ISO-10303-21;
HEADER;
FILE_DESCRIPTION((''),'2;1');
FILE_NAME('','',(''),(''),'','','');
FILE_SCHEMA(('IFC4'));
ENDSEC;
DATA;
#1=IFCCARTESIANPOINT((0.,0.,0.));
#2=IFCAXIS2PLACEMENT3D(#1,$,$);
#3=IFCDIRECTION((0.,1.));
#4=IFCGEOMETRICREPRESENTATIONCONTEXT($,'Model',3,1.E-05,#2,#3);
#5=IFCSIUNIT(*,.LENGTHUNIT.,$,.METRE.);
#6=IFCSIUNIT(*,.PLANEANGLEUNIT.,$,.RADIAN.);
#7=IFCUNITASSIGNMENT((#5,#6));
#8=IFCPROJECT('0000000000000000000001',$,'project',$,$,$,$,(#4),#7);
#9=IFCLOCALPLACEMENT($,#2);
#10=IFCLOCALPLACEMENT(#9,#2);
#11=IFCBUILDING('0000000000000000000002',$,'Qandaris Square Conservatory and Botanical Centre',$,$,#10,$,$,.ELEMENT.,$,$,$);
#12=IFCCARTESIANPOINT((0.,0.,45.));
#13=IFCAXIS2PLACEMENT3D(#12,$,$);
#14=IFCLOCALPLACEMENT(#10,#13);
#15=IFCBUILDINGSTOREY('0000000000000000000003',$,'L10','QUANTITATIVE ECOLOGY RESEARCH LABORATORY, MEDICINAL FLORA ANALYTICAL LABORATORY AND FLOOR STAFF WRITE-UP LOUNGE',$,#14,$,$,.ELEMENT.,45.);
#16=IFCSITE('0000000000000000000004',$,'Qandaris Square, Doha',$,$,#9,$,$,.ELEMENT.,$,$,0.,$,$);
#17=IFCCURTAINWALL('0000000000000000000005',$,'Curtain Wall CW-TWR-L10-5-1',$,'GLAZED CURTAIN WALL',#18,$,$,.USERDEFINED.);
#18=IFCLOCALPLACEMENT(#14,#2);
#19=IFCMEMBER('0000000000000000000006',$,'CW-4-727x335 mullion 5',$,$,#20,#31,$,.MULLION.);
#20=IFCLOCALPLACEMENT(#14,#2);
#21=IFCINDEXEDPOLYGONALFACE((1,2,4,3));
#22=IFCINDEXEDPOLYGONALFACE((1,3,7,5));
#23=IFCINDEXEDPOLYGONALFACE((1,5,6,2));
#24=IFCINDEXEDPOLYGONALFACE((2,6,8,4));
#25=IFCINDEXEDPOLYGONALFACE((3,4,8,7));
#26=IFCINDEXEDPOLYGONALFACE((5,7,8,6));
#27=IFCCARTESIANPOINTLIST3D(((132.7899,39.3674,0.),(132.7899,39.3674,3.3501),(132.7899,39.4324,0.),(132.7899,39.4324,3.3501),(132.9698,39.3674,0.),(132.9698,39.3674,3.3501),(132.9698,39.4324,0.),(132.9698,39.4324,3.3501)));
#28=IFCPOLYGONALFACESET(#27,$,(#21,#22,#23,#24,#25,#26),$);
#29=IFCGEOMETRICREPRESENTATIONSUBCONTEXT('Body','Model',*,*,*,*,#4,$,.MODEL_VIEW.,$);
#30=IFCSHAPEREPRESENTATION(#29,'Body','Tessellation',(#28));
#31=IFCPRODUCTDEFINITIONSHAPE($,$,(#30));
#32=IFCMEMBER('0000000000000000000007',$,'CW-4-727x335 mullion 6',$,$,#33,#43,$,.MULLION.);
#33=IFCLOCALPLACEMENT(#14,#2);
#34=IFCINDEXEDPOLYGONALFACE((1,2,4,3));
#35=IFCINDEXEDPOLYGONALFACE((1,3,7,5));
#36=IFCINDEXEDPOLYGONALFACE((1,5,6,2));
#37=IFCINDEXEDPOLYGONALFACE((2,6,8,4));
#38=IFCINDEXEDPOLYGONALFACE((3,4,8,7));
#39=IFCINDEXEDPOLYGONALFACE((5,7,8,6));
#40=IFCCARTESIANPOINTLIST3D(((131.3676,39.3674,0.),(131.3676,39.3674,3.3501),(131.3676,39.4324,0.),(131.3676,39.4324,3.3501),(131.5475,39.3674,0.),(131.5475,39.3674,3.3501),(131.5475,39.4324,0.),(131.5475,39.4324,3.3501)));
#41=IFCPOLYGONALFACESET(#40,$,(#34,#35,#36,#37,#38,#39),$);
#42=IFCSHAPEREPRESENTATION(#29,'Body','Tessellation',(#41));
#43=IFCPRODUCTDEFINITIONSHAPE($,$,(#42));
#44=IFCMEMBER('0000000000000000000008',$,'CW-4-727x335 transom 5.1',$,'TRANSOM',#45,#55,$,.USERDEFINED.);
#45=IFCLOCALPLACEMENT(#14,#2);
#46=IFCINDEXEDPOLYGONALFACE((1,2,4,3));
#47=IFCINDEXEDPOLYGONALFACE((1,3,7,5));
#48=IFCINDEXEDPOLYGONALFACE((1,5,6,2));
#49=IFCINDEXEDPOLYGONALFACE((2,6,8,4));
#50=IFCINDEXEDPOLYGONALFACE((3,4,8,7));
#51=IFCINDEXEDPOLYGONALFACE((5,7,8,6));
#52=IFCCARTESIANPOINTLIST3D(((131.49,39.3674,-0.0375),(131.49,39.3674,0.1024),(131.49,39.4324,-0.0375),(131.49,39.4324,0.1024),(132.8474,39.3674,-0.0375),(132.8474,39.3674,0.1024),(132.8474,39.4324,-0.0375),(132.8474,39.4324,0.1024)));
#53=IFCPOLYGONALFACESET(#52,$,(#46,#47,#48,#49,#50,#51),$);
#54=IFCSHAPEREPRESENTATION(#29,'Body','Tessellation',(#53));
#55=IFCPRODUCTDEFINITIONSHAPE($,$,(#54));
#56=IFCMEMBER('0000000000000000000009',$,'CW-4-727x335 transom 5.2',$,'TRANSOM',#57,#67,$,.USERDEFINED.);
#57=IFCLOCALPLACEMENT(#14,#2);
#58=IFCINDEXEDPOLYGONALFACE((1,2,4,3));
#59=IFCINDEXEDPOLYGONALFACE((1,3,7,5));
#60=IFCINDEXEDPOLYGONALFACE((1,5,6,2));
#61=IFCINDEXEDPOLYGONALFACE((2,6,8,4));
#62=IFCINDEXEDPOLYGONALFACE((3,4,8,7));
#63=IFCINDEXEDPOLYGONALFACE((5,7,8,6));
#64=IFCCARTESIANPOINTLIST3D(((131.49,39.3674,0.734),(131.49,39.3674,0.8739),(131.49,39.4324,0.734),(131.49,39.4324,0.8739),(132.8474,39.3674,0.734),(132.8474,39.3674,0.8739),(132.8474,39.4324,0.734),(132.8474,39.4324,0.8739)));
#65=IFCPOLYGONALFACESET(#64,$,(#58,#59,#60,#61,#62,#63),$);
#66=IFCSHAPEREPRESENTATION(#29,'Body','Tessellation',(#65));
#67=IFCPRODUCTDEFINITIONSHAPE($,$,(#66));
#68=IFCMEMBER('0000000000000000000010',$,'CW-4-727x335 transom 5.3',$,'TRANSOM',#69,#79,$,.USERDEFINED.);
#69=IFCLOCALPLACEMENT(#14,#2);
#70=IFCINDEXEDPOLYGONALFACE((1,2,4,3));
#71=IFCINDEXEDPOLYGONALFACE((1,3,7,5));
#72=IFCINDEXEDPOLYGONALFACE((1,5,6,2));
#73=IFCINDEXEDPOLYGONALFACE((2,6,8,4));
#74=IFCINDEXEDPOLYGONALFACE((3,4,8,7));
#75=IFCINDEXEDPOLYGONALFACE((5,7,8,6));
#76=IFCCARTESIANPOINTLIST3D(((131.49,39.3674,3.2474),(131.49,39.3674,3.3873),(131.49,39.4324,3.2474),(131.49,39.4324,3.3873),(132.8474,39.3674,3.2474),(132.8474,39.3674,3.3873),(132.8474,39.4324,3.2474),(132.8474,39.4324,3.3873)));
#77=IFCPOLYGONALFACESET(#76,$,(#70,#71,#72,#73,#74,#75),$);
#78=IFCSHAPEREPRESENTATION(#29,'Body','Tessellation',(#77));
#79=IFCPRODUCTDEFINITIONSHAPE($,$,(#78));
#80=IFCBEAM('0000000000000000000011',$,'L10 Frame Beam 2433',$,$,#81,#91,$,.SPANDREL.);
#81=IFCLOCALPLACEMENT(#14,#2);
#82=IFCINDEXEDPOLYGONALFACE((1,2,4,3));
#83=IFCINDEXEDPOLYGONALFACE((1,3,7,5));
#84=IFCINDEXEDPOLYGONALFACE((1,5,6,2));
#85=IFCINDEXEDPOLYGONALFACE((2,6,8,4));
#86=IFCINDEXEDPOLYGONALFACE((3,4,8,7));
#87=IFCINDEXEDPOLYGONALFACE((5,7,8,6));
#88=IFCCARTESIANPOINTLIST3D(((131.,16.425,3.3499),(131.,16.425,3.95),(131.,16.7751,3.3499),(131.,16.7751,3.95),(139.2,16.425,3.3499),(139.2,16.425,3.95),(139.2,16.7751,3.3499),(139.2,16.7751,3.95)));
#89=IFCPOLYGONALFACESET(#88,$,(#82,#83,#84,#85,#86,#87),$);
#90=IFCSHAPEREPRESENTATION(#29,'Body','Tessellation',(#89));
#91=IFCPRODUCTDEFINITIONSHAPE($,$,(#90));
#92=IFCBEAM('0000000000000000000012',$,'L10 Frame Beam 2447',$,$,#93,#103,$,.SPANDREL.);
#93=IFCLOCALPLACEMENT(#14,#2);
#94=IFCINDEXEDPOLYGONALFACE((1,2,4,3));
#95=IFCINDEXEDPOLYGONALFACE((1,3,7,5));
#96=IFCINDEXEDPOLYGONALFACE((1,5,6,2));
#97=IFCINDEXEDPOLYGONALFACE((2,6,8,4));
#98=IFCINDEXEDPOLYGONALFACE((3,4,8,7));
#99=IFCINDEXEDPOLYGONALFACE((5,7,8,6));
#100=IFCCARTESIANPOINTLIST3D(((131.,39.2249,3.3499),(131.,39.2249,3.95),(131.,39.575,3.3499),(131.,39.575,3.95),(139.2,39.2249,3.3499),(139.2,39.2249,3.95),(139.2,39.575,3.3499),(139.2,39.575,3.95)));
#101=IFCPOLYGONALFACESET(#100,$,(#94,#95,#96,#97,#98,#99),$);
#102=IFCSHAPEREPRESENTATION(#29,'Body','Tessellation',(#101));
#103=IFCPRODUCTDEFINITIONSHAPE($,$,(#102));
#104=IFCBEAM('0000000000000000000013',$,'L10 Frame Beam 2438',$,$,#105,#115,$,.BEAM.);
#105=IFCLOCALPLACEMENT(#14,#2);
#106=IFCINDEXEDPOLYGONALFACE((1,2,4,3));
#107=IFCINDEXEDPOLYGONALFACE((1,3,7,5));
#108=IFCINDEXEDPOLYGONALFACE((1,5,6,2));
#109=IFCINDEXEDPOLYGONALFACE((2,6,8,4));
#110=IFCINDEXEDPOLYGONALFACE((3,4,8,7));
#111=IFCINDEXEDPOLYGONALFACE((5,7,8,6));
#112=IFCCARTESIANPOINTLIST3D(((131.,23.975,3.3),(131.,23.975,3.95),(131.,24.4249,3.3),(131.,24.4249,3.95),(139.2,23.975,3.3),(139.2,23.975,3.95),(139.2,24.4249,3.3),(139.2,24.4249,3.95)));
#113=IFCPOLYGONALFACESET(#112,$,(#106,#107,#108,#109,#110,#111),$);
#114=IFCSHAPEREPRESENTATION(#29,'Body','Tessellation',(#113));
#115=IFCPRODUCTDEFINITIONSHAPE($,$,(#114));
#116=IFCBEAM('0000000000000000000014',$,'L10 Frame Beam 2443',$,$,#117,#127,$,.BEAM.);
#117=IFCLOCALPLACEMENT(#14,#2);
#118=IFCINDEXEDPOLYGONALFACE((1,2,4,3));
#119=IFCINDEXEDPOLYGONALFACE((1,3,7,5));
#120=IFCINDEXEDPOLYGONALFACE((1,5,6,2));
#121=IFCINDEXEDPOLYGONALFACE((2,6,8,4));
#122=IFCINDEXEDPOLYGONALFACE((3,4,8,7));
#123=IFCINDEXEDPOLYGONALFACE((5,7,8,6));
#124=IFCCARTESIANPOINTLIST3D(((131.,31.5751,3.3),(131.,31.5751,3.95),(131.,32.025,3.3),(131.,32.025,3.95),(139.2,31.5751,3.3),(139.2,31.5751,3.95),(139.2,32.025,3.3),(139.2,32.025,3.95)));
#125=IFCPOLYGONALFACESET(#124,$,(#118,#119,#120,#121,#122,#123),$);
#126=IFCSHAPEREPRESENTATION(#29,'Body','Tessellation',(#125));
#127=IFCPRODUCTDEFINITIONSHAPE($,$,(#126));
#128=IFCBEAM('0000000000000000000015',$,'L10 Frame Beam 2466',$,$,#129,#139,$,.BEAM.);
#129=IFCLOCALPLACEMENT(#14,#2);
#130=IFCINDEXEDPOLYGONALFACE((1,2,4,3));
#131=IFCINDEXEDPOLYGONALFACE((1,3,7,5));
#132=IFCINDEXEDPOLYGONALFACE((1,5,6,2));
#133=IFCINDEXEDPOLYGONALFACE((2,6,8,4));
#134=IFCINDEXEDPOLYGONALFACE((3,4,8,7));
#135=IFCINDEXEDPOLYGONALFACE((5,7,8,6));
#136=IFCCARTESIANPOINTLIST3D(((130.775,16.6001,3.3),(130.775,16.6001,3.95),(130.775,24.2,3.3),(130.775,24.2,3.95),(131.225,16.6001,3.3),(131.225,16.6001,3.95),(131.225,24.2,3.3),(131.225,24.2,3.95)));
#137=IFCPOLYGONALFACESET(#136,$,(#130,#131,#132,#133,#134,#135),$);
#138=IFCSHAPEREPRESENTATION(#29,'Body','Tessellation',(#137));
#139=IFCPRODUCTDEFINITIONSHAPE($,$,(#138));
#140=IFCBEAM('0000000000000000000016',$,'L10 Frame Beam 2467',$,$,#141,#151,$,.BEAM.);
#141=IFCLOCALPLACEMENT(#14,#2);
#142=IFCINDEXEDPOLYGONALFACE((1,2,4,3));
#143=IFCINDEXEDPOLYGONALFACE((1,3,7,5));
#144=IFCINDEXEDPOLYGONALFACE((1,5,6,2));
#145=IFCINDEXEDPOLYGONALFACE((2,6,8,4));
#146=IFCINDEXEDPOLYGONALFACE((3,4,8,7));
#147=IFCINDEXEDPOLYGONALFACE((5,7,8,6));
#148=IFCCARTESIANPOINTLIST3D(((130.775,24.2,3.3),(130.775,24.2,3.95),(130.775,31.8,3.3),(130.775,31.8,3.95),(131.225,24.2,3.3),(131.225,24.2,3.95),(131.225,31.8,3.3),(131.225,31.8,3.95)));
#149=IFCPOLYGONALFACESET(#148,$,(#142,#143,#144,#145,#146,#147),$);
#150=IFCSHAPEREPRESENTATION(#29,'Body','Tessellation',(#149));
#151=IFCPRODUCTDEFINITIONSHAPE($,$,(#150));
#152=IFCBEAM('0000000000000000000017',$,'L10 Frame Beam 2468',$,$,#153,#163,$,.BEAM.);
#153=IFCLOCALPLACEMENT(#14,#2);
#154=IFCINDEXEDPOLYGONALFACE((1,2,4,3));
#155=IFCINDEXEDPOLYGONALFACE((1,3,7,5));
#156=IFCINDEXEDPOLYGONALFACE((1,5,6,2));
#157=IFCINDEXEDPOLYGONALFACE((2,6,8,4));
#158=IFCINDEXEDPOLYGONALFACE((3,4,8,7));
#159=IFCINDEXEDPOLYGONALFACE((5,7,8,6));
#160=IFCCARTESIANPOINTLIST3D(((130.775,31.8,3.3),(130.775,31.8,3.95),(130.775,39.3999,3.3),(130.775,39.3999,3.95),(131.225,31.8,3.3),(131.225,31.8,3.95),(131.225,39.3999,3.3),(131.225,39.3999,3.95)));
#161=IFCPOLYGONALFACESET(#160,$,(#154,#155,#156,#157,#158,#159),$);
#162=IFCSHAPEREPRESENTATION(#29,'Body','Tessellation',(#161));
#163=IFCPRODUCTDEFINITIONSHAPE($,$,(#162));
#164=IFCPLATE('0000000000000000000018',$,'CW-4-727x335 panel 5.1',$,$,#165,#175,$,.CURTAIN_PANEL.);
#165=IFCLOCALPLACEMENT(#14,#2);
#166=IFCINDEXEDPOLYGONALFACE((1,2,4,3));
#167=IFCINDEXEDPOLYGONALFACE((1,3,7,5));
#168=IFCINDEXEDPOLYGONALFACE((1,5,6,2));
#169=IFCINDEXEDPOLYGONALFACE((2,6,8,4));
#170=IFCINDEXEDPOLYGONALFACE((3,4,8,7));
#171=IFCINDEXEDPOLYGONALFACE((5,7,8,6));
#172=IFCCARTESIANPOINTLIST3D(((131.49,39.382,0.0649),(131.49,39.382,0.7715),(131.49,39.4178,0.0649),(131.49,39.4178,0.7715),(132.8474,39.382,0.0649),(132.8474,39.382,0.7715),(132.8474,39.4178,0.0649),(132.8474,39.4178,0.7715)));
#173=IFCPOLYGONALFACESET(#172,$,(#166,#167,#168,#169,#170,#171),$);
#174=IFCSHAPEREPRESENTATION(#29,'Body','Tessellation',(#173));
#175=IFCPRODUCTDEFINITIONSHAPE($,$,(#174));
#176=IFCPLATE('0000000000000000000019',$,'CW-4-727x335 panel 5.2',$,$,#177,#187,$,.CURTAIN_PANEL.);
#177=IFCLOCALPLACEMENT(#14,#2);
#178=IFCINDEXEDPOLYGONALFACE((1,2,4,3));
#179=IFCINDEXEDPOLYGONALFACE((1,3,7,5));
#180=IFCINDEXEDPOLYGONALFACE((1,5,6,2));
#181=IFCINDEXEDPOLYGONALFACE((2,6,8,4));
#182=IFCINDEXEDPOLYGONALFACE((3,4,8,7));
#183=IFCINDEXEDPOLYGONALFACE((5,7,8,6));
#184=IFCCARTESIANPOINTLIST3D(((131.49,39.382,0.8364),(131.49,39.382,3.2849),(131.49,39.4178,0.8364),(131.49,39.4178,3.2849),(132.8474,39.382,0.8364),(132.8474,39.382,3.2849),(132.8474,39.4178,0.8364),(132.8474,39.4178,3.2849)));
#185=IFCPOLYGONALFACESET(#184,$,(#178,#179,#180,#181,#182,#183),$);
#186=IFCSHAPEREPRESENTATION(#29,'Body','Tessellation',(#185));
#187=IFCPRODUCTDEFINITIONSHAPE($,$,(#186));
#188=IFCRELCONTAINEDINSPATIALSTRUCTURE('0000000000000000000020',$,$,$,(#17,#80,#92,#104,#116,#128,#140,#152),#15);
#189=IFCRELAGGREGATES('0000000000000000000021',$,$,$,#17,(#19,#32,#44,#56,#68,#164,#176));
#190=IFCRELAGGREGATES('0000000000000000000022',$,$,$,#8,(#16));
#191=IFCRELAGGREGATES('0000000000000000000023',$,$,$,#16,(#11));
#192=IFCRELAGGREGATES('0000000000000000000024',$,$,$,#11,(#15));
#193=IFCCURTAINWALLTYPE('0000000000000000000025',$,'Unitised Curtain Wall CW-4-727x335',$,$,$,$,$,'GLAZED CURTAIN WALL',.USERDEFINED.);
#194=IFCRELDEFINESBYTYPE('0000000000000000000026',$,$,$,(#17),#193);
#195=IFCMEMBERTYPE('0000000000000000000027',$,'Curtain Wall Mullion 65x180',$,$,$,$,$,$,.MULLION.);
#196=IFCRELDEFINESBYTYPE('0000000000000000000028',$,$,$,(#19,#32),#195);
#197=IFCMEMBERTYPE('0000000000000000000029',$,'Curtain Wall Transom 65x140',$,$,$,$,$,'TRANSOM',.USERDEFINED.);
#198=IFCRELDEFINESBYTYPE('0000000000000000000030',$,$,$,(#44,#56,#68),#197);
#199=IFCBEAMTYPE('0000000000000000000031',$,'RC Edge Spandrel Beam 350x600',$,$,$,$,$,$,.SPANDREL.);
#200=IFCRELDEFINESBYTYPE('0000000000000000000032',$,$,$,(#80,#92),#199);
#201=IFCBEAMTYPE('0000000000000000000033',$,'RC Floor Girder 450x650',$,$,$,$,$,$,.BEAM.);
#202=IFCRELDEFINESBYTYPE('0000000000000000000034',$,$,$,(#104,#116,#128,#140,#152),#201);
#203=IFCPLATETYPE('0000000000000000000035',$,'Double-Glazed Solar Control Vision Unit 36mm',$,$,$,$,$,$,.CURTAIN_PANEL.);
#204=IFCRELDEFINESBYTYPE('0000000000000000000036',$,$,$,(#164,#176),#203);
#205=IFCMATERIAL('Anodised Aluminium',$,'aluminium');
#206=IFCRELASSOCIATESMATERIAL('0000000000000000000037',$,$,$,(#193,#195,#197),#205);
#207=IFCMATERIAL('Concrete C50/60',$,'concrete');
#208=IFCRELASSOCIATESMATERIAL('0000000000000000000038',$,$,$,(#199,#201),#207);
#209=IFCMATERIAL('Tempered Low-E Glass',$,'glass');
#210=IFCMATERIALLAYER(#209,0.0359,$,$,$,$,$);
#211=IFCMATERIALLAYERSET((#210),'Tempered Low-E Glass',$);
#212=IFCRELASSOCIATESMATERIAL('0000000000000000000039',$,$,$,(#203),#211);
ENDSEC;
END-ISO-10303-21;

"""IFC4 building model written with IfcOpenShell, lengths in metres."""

from ifc_helpers import new_model, si_unit, direction, frame, origin, origin_2d, place, context, subcontext, project, spatial, rectangle, extrude, material, layer, layer_set, material_profile, profile_set, type_object, element, aggregate, save


model = new_model("IFC4")

# Units and contexts
model_context = context("Model", 3, precision=1e-05, world=origin(), true_north=direction((0.0, 1.0)))
body_context = subcontext(model_context, "Body", "Model", "MODEL_VIEW")
ifc_project = project(units=[si_unit("LENGTHUNIT", "METRE"), si_unit("PLANEANGLEUNIT", "RADIAN")], contexts=[model_context])

# Site, building, storey
site_placement = place(None, origin())
site = spatial("IfcSite", under=ifc_project, at=site_placement, Name="Qandaris Square, Doha", CompositionType="ELEMENT", RefElevation=0.0)
building_placement = place(site_placement, origin())
building = spatial("IfcBuilding", under=site, at=building_placement, Name="Qandaris Square Conservatory and Botanical Centre", CompositionType="ELEMENT")
storey_placement = place(building_placement, frame((0.0, 0.0, 45.0)))
storey = spatial("IfcBuildingStorey", under=building, at=storey_placement, Name="L10", Description="QUANTITATIVE ECOLOGY RESEARCH LABORATORY, MEDICINAL FLORA ANALYTICAL LABORATORY AND FLOOR STAFF WRITE-UP LOUNGE", CompositionType="ELEMENT", Elevation=45.0)

# Shared definitions
ifc_material_1 = material(Name="Concrete C50/60", Category="concrete")

# Curtain wall, members
ifc_material_2 = material(Name="Anodised Aluminium", Category="aluminium")
curtain_wall_type = type_object("IfcCurtainWallType", Name="Unitised Curtain Wall CW-4-727x335", ElementType="GLAZED CURTAIN WALL", PredefinedType="USERDEFINED", material=ifc_material_2)
curtain_wall_placement = place(storey_placement, origin())
curtain_wall = element("IfcCurtainWall", 1, at=curtain_wall_placement, inside=storey, type_object=curtain_wall_type, Name="Curtain Wall CW-TWR-L10-5-1", ObjectType="GLAZED CURTAIN WALL", PredefinedType="USERDEFINED")
ifc_material_profile_1 = material_profile(ifc_material_2, rectangle(XDim=0.0649, YDim=0.1799, at=origin_2d()), Name="ALU-MUL 65x180")
ifc_profile_set_1 = profile_set([ifc_material_profile_1], Name="Anodised Aluminium")
member_type_1 = type_object("IfcMemberType", Name="Curtain Wall Mullion 65x180", PredefinedType="MULLION", material=ifc_profile_set_1)
member_1_placement = place(storey_placement, frame((132.8799, 39.3999, 0.0), z_axis=(0.0, 0.0, 1.0), x_axis=(0.0, -1.0, 0.0)))
member_1 = element("IfcMember", 2, at=member_1_placement, type_object=member_type_1, Name="CW-4-727x335 mullion 5", PredefinedType="MULLION", context=body_context, shape_type="SweptSolid", body=[
    extrude(rectangle(XDim=0.0649, YDim=0.1799, at=origin_2d()), origin(), (0.0, 0.0, 1.0), 3.3501),
])
member_2_placement = place(storey_placement, frame((131.4575, 39.3999, 0.0), z_axis=(0.0, 0.0, 1.0), x_axis=(0.0, -1.0, 0.0)))
member_2 = element("IfcMember", 3, at=member_2_placement, type_object=member_type_1, Name="CW-4-727x335 mullion 6", PredefinedType="MULLION", context=body_context, shape_type="SweptSolid", body=[
    extrude(rectangle(XDim=0.0649, YDim=0.1799, at=origin_2d()), origin(), (0.0, 0.0, 1.0), 3.3501),
])
ifc_material_profile_2 = material_profile(ifc_material_2, rectangle(XDim=0.0649, YDim=0.1399, at=origin_2d()), Name="ALU-TRN 65x140")
ifc_profile_set_2 = profile_set([ifc_material_profile_2], Name="Anodised Aluminium")
member_type_2 = type_object("IfcMemberType", Name="Curtain Wall Transom 65x140", ElementType="TRANSOM", PredefinedType="USERDEFINED", material=ifc_profile_set_2)
member_3_placement = place(storey_placement, frame((132.8474, 39.3999, 0.0325), z_axis=(-1.0, 0.0, 0.0), x_axis=(0.0, -1.0, 0.0)))
member_3 = element("IfcMember", 4, at=member_3_placement, type_object=member_type_2, Name="CW-4-727x335 transom 5.1", ObjectType="TRANSOM", PredefinedType="USERDEFINED", context=body_context, shape_type="SweptSolid", body=[
    extrude(rectangle(XDim=0.0649, YDim=0.1399, at=origin_2d()), origin(), (0.0, 0.0, 1.0), 1.3574),
])
member_4_placement = place(storey_placement, frame((132.8474, 39.3999, 0.804), z_axis=(-1.0, 0.0, 0.0), x_axis=(0.0, -1.0, 0.0)))
member_4 = element("IfcMember", 5, at=member_4_placement, type_object=member_type_2, Name="CW-4-727x335 transom 5.2", ObjectType="TRANSOM", PredefinedType="USERDEFINED", context=body_context, shape_type="SweptSolid", body=[
    extrude(rectangle(XDim=0.0649, YDim=0.1399, at=origin_2d()), origin(), (0.0, 0.0, 1.0), 1.3574),
])
member_5_placement = place(storey_placement, frame((132.8474, 39.3999, 3.3174), z_axis=(-1.0, 0.0, 0.0), x_axis=(0.0, -1.0, 0.0)))
member_5 = element("IfcMember", 6, at=member_5_placement, type_object=member_type_2, Name="CW-4-727x335 transom 5.3", ObjectType="TRANSOM", PredefinedType="USERDEFINED", context=body_context, shape_type="SweptSolid", body=[
    extrude(rectangle(XDim=0.0649, YDim=0.1399, at=origin_2d()), origin(), (0.0, 0.0, 1.0), 1.3574),
])

# Beams
ifc_material_profile_3 = material_profile(ifc_material_1, rectangle(XDim=0.3501, YDim=0.6001, at=origin_2d()), Name="RC-SP 350x600")
ifc_profile_set_3 = profile_set([ifc_material_profile_3], Name="Concrete C50/60")
beam_type_1 = type_object("IfcBeamType", Name="RC Edge Spandrel Beam 350x600", PredefinedType="SPANDREL", material=ifc_profile_set_3)
for number, where, z_axis, x_axis, name in (
    (7, (131.0, 16.6001, 3.6499), (1.0, 0.0, 0.0), (0.0, 1.0, 0.0), "L10 Frame Beam 2433"),
    (8, (131.0, 39.3999, 3.6499), (1.0, 0.0, 0.0), (0.0, 1.0, 0.0), "L10 Frame Beam 2447"),
):
    element("IfcBeam", number, at=place(storey_placement, frame(where, z_axis=z_axis, x_axis=x_axis)), inside=storey, type_object=beam_type_1, Name=name, PredefinedType="SPANDREL", context=body_context, shape_type="SweptSolid", body=[
        extrude(rectangle(XDim=0.3501, YDim=0.6001, at=origin_2d()), origin(), (0.0, 0.0, 1.0), 8.2),
    ])
ifc_material_profile_4 = material_profile(ifc_material_1, rectangle(XDim=0.45, YDim=0.6499, at=origin_2d()), Name="RC-BM 450x650")
ifc_profile_set_4 = profile_set([ifc_material_profile_4], Name="Concrete C50/60")
beam_type_2 = type_object("IfcBeamType", Name="RC Floor Girder 450x650", PredefinedType="BEAM", material=ifc_profile_set_4)
for number, where, z_axis, x_axis, name in (
    (9, (131.0, 24.2, 3.625), (1.0, 0.0, 0.0), (0.0, 1.0, 0.0), "L10 Frame Beam 2438"),
    (10, (131.0, 31.8, 3.625), (1.0, 0.0, 0.0), (0.0, 1.0, 0.0), "L10 Frame Beam 2443"),
):
    element("IfcBeam", number, at=place(storey_placement, frame(where, z_axis=z_axis, x_axis=x_axis)), inside=storey, type_object=beam_type_2, Name=name, PredefinedType="BEAM", context=body_context, shape_type="SweptSolid", body=[
        extrude(rectangle(XDim=0.45, YDim=0.6499, at=origin_2d()), origin(), (0.0, 0.0, 1.0), 8.2),
    ])
beam_1_placement = place(storey_placement, frame((131.0, 16.6001, 3.625), z_axis=(0.0, 1.0, 0.0), x_axis=(-1.0, 0.0, 0.0)))
element("IfcBeam", 11, at=beam_1_placement, inside=storey, type_object=beam_type_2, Name="L10 Frame Beam 2466", PredefinedType="BEAM", context=body_context, shape_type="SweptSolid", body=[
    extrude(rectangle(XDim=0.45, YDim=0.6499, at=origin_2d()), origin(), (0.0, 0.0, 1.0), 7.5999),
])
beam_2_placement = place(storey_placement, frame((131.0, 24.2, 3.625), z_axis=(0.0, 1.0, 0.0), x_axis=(-1.0, 0.0, 0.0)))
element("IfcBeam", 12, at=beam_2_placement, inside=storey, type_object=beam_type_2, Name="L10 Frame Beam 2467", PredefinedType="BEAM", context=body_context, shape_type="SweptSolid", body=[
    extrude(rectangle(XDim=0.45, YDim=0.6499, at=origin_2d()), origin(), (0.0, 0.0, 1.0), 7.6001),
])
beam_3_placement = place(storey_placement, frame((131.0, 31.8, 3.625), z_axis=(0.0, 1.0, 0.0), x_axis=(-1.0, 0.0, 0.0)))
element("IfcBeam", 13, at=beam_3_placement, inside=storey, type_object=beam_type_2, Name="L10 Frame Beam 2468", PredefinedType="BEAM", context=body_context, shape_type="SweptSolid", body=[
    extrude(rectangle(XDim=0.45, YDim=0.6499, at=origin_2d()), origin(), (0.0, 0.0, 1.0), 7.5999),
])

# Plates
ifc_material_3 = material(Name="Tempered Low-E Glass", Category="glass")
ifc_layer_1 = layer(ifc_material_3, 0.0359)
ifc_layer_set_1 = layer_set([ifc_layer_1], Name="Tempered Low-E Glass")
plate_type = type_object("IfcPlateType", Name="Double-Glazed Solar Control Vision Unit 36mm", PredefinedType="CURTAIN_PANEL", material=ifc_layer_set_1)
plate_1_placement = place(storey_placement, frame((132.1687, 39.3999, 0.0649), z_axis=(0.0, 0.0, 1.0), x_axis=(-1.0, 0.0, 0.0)))
plate_1 = element("IfcPlate", 14, at=plate_1_placement, type_object=plate_type, Name="CW-4-727x335 panel 5.1", PredefinedType="CURTAIN_PANEL", context=body_context, shape_type="SweptSolid", body=[
    extrude(rectangle(XDim=1.3574, YDim=0.0359, at=origin_2d()), origin(), (0.0, 0.0, 1.0), 0.7065),
])
plate_2_placement = place(storey_placement, frame((132.1687, 39.3999, 0.8364), z_axis=(0.0, 0.0, 1.0), x_axis=(-1.0, 0.0, 0.0)))
plate_2 = element("IfcPlate", 15, at=plate_2_placement, type_object=plate_type, Name="CW-4-727x335 panel 5.2", PredefinedType="CURTAIN_PANEL", context=body_context, shape_type="SweptSolid", body=[
    extrude(rectangle(XDim=1.3574, YDim=0.0359, at=origin_2d()), origin(), (0.0, 0.0, 1.0), 2.4485),
])
aggregate(curtain_wall, [member_1, member_2, member_3, member_4, member_5, plate_1, plate_2])

save(model, "model.ifc")
